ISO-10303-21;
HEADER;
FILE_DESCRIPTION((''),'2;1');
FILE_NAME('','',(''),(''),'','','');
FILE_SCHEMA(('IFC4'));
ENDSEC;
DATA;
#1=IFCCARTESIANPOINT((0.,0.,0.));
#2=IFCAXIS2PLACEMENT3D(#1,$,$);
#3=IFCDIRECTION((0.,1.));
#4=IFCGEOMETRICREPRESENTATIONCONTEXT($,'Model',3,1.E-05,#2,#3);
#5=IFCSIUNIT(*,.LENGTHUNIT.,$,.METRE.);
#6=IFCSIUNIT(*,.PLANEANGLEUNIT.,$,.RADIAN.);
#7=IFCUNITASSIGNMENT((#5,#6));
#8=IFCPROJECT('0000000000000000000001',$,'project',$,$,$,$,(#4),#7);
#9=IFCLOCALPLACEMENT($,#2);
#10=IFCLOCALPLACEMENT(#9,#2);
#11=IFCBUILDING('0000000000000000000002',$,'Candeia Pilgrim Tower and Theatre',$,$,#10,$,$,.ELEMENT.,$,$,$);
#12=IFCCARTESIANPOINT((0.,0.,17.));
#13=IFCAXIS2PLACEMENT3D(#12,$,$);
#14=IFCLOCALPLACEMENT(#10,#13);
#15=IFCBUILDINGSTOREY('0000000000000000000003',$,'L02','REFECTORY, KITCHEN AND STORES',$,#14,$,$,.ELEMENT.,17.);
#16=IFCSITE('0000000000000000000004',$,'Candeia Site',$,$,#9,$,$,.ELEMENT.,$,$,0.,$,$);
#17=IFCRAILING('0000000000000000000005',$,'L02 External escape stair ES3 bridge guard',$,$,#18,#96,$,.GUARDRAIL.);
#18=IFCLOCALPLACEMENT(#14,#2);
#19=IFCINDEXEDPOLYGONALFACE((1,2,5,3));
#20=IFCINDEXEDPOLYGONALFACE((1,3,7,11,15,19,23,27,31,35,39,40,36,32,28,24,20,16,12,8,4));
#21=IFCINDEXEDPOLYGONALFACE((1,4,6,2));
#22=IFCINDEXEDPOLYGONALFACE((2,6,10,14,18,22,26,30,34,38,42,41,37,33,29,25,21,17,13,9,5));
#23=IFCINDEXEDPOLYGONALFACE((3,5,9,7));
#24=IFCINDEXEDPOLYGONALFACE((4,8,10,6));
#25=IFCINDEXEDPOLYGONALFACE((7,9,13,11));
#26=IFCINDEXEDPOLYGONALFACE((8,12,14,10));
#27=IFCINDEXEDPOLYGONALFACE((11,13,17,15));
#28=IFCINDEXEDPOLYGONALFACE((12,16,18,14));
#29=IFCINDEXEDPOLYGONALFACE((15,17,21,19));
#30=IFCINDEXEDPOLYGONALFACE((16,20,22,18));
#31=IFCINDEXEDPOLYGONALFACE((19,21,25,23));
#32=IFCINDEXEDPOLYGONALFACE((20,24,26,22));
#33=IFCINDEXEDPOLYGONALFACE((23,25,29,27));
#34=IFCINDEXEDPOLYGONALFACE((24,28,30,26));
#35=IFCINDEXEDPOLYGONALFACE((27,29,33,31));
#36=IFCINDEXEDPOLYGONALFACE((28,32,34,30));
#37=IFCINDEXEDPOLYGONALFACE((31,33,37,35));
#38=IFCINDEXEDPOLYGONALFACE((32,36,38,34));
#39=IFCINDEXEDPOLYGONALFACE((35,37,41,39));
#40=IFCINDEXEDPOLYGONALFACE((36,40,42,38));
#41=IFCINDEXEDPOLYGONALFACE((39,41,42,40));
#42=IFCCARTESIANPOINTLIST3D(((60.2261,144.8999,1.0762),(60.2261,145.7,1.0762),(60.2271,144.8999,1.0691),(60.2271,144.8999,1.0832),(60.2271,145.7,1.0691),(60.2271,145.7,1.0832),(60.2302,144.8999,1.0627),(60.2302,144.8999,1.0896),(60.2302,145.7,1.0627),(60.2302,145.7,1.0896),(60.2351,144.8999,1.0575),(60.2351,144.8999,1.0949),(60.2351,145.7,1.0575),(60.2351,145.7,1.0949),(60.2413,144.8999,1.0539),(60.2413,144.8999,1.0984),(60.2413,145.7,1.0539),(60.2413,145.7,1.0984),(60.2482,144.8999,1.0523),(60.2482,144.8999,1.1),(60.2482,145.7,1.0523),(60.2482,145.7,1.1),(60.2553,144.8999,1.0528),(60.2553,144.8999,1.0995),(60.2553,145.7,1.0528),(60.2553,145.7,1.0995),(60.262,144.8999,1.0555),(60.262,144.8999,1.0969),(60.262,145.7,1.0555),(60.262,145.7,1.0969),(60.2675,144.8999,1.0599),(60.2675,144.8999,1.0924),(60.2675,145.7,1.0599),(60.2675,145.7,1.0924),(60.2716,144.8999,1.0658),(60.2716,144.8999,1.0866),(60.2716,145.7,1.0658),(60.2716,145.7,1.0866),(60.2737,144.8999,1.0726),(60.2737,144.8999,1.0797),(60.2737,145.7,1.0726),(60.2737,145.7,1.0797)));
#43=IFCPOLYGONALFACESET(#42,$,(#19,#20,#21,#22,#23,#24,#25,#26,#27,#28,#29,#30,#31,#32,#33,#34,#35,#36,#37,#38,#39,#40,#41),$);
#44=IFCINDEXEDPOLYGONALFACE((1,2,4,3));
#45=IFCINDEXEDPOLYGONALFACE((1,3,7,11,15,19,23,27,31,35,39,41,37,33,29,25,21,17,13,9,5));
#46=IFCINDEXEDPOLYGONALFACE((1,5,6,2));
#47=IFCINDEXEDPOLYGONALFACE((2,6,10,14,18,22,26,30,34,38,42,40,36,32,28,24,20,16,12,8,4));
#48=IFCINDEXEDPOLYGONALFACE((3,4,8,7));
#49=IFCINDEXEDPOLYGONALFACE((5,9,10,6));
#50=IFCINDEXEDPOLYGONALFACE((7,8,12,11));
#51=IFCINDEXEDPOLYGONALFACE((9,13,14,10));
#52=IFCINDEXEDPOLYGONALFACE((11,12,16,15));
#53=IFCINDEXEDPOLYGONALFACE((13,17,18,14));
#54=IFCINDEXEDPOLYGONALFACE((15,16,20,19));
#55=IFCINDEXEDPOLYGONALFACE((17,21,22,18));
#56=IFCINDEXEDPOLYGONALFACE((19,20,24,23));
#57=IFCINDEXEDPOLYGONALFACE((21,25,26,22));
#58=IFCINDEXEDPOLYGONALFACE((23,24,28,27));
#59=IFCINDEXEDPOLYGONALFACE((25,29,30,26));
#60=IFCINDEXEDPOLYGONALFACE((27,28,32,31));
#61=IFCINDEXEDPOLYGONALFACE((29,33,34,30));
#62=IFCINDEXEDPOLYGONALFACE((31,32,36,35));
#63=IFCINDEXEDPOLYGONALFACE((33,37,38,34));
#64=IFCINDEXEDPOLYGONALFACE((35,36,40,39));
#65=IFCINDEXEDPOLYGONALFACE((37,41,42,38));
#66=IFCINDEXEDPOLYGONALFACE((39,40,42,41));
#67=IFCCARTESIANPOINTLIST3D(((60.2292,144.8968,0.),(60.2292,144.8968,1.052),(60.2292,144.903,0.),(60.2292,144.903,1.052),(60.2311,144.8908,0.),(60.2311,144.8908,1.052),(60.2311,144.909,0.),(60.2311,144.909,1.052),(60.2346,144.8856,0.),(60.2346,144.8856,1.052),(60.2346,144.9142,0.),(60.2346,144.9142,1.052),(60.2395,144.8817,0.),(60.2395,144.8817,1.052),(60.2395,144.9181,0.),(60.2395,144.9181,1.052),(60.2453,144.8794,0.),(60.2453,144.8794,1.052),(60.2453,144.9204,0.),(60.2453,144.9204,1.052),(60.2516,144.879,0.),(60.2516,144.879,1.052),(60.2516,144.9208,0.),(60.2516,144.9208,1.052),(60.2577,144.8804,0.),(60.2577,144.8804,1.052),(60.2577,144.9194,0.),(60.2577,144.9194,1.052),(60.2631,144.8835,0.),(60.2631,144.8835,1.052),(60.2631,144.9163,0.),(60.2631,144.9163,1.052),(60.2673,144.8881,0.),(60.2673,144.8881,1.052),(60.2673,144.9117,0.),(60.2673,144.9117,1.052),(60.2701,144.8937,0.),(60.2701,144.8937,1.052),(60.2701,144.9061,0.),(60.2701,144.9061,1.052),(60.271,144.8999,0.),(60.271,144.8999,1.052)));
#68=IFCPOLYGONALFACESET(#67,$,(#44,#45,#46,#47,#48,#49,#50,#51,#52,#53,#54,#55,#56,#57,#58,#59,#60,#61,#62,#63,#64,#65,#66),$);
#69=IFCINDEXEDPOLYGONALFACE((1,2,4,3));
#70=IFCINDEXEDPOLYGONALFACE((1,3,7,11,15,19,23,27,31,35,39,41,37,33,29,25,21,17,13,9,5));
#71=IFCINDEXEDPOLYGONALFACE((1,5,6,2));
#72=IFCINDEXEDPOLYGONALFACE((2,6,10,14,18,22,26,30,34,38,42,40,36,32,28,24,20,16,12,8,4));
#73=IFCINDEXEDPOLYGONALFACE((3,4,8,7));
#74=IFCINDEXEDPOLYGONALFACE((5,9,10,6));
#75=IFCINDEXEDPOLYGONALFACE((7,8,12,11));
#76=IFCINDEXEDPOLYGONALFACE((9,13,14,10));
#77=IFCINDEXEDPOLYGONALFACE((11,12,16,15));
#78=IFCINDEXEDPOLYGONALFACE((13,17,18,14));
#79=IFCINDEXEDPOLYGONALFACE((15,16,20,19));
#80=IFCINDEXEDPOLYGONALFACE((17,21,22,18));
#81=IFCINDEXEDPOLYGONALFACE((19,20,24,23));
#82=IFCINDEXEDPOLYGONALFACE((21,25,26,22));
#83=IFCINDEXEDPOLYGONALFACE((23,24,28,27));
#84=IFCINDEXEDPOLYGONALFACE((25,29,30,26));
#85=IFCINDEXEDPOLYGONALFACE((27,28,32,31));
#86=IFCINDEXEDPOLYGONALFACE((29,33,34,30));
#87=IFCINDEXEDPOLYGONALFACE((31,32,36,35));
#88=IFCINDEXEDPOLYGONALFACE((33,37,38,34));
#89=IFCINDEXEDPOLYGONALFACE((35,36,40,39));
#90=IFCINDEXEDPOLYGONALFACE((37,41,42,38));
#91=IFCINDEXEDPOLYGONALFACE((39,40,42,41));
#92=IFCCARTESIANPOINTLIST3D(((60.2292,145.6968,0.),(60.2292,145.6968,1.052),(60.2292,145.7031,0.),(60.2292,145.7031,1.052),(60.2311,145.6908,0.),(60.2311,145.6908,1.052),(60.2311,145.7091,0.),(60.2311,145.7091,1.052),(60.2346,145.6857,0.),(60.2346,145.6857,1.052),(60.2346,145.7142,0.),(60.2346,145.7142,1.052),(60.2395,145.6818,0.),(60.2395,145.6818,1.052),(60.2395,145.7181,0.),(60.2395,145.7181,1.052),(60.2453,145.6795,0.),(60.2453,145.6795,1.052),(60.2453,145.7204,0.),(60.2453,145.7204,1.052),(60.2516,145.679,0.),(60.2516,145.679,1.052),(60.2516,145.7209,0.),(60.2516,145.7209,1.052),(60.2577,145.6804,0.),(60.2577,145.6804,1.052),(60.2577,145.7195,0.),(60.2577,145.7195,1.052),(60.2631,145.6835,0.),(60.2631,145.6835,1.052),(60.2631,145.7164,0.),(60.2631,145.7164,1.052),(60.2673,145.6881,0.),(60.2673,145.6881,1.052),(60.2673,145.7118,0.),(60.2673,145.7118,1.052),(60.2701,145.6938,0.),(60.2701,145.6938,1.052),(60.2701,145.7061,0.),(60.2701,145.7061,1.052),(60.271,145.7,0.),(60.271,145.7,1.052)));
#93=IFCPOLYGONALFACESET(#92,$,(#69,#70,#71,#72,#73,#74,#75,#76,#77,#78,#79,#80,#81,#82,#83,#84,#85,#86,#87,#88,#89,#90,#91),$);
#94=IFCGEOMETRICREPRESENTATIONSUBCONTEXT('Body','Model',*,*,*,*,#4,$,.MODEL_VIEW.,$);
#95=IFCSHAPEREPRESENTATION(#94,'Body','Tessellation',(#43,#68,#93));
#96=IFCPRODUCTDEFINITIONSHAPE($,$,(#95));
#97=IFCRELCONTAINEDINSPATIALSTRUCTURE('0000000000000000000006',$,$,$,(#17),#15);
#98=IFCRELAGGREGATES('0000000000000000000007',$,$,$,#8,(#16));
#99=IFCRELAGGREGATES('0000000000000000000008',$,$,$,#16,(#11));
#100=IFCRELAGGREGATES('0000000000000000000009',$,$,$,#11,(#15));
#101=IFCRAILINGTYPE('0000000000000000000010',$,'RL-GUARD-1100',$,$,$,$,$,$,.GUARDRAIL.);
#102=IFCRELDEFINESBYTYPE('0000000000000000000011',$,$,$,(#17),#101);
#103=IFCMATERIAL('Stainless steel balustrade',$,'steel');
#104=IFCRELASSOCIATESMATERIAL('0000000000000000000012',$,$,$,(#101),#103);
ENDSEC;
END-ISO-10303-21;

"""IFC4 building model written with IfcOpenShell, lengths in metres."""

from ifc_helpers import new_model, si_unit, direction, frame, origin, origin_2d, place, context, subcontext, project, spatial, circle, extrude, material, type_object, element, save


model = new_model("IFC4")

# Units and contexts
model_context = context("Model", 3, precision=1e-05, world=origin(), true_north=direction((0.0, 1.0)))
body_context = subcontext(model_context, "Body", "Model", "MODEL_VIEW")
ifc_project = project(units=[si_unit("LENGTHUNIT", "METRE"), si_unit("PLANEANGLEUNIT", "RADIAN")], contexts=[model_context])

# Site, building, storey
site_placement = place(None, origin())
site = spatial("IfcSite", under=ifc_project, at=site_placement, Name="Candeia Site", CompositionType="ELEMENT", RefElevation=0.0)
building_placement = place(site_placement, origin())
building = spatial("IfcBuilding", under=site, at=building_placement, Name="Candeia Pilgrim Tower and Theatre", CompositionType="ELEMENT")
storey_placement = place(building_placement, frame((0.0, 0.0, 17.0)))
storey = spatial("IfcBuildingStorey", under=building, at=storey_placement, Name="L02", Description="REFECTORY, KITCHEN AND STORES", CompositionType="ELEMENT", Elevation=17.0)

# Railing
ifc_material_1 = material(Name="Stainless steel balustrade", Category="steel")
railing_type_1 = type_object("IfcRailingType", Name="RL-GUARD-1100", PredefinedType="GUARDRAIL", material=ifc_material_1)
railing_1_placement = place(storey_placement, frame((60.25, 144.8999, 0.0)))
element("IfcRailing", 1, at=railing_1_placement, inside=storey, type_object=railing_type_1, Name="L02 External escape stair ES3 bridge guard", PredefinedType="GUARDRAIL", context=body_context, shape_type="SweptSolid", body=[
    extrude(circle(Radius=0.0239, at=origin_2d()), frame((0.0, 0.0, 1.0762), z_axis=(0.0, 1.0, 0.0), x_axis=(-1.0, 0.0, 0.0)), (0.0, 0.0, 1.0), 0.8),
    extrude(circle(Radius=0.021, at=origin_2d()), origin(), (0.0, 0.0, 1.0), 1.052),
    extrude(circle(Radius=0.021, at=origin_2d()), frame((0.0, 0.8, 0.0)), (0.0, 0.0, 1.0), 1.052),
])

save(model, "model.ifc")
